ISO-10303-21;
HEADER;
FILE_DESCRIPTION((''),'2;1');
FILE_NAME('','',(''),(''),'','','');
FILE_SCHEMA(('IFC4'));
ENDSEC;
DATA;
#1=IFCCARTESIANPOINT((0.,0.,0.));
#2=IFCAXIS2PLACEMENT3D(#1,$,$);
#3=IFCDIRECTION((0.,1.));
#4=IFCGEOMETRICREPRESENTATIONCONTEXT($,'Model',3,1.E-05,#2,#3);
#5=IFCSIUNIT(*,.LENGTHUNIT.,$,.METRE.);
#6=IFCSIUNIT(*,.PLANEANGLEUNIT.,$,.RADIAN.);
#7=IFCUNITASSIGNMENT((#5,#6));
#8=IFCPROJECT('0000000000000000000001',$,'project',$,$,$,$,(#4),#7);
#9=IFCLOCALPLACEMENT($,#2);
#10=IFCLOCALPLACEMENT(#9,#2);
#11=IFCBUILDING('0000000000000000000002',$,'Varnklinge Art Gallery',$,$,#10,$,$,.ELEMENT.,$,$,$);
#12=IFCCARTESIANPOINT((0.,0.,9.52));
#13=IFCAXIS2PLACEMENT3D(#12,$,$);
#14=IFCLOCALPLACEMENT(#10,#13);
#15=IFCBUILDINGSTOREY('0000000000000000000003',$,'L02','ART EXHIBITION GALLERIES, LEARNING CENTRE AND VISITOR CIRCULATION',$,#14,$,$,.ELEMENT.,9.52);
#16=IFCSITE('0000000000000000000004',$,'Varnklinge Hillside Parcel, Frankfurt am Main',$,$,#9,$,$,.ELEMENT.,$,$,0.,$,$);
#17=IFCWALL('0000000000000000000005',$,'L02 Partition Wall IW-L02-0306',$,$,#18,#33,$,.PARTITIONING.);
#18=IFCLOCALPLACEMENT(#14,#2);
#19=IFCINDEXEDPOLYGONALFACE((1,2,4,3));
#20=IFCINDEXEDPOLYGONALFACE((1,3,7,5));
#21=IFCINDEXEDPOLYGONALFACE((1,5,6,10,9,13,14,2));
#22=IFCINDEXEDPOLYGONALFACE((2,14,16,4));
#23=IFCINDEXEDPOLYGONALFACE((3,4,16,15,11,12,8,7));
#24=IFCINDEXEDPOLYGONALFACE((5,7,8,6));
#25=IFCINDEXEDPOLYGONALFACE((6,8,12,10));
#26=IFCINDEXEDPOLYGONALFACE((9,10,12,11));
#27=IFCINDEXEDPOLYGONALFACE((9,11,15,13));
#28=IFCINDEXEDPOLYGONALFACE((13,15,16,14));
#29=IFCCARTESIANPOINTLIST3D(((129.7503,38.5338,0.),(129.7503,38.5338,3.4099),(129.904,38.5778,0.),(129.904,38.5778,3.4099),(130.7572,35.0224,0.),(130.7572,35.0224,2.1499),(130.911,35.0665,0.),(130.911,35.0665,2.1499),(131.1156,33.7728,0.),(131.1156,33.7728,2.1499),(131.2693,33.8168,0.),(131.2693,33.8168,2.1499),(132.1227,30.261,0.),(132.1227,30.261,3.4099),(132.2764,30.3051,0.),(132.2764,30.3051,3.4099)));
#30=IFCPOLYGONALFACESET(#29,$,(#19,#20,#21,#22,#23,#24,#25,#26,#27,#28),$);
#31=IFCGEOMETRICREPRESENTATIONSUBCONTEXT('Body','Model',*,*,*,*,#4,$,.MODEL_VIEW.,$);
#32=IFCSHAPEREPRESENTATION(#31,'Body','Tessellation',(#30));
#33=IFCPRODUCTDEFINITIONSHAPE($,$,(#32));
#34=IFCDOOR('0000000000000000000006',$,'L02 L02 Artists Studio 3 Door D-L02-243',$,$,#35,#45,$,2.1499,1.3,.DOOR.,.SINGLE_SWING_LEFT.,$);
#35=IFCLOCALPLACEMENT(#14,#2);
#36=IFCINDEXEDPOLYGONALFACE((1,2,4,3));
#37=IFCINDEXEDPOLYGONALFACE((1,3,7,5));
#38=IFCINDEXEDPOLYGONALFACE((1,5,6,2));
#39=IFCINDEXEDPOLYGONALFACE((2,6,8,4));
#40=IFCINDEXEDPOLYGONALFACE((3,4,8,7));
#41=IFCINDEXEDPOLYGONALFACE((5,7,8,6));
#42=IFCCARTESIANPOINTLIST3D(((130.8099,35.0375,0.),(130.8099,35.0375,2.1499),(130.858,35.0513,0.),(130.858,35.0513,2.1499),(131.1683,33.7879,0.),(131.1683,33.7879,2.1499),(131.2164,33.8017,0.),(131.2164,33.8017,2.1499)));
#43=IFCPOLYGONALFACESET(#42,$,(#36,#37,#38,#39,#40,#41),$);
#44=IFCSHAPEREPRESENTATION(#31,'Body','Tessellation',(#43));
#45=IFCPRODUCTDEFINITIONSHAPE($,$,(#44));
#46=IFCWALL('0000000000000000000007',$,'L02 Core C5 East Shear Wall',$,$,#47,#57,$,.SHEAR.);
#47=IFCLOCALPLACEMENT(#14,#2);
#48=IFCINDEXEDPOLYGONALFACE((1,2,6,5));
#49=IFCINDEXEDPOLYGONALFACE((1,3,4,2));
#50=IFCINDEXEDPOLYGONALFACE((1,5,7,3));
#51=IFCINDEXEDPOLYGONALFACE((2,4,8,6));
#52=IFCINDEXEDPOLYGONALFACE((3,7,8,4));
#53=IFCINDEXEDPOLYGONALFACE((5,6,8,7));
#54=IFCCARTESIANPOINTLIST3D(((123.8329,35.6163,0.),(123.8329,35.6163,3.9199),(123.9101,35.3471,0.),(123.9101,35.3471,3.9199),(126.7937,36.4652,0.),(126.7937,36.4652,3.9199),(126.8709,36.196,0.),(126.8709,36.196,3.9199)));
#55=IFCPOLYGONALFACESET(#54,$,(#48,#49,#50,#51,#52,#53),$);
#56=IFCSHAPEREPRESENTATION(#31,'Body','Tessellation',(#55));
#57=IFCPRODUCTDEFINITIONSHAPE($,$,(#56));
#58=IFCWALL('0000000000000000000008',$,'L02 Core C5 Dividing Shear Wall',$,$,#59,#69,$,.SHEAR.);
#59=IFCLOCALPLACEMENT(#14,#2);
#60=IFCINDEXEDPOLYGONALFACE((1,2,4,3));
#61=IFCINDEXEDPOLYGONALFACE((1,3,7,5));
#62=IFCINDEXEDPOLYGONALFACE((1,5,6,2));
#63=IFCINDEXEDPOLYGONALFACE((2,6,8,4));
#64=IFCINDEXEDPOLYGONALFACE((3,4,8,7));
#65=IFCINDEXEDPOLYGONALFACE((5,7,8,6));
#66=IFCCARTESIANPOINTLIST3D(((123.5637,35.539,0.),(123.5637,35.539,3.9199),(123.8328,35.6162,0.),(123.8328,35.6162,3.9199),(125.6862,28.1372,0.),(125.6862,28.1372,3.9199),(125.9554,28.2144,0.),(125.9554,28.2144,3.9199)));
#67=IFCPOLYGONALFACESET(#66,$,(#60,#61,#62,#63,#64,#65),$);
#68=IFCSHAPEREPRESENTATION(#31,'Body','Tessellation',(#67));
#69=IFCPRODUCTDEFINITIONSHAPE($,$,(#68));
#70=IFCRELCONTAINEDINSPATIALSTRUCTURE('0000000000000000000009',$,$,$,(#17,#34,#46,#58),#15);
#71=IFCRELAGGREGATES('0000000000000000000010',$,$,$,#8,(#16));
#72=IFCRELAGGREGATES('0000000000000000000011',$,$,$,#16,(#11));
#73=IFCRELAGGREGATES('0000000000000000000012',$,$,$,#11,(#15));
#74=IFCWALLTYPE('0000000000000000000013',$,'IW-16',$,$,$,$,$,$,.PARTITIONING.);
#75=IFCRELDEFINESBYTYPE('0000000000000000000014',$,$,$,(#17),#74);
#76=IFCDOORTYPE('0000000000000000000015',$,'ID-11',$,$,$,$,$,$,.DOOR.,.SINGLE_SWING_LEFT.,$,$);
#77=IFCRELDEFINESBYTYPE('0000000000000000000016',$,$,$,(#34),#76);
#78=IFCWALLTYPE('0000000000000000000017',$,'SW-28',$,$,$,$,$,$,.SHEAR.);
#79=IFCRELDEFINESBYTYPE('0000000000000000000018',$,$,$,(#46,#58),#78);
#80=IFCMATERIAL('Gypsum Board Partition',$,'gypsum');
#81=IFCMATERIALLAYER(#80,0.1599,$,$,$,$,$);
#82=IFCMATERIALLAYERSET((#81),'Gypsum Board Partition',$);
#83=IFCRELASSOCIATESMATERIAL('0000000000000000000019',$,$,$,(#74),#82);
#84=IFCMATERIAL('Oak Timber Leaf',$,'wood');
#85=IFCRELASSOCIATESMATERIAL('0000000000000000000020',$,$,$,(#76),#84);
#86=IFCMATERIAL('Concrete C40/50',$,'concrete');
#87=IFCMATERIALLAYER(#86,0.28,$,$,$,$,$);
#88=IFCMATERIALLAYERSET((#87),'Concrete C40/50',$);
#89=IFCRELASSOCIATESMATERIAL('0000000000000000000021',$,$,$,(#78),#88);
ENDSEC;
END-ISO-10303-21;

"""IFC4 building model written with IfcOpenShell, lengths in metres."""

from ifc_helpers import new_model, si_unit, direction, frame, frame_2d, origin, place, context, subcontext, project, spatial, rectangle, extrude, material, layer, layer_set, type_object, element, fill, save


model = new_model("IFC4")

# Units and contexts
model_context = context("Model", 3, precision=1e-05, world=origin(), true_north=direction((0.0, 1.0)))
body_context = subcontext(model_context, "Body", "Model", "MODEL_VIEW")
ifc_project = project(units=[si_unit("LENGTHUNIT", "METRE"), si_unit("PLANEANGLEUNIT", "RADIAN")], contexts=[model_context])

# Site, building, storey
site_placement = place(None, origin())
site = spatial("IfcSite", under=ifc_project, at=site_placement, Name="Varnklinge Hillside Parcel, Frankfurt am Main", CompositionType="ELEMENT", RefElevation=0.0)
building_placement = place(site_placement, origin())
building = spatial("IfcBuilding", under=site, at=building_placement, Name="Varnklinge Art Gallery", CompositionType="ELEMENT")
storey_placement = place(building_placement, frame((0.0, 0.0, 9.52)))
storey = spatial("IfcBuildingStorey", under=building, at=storey_placement, Name="L02", Description="ART EXHIBITION GALLERIES, LEARNING CENTRE AND VISITOR CIRCULATION", CompositionType="ELEMENT", Elevation=9.52)

# Wall, opening, door
ifc_material_1 = material(Name="Gypsum Board Partition", Category="gypsum")
ifc_layer_1 = layer(ifc_material_1, 0.1599)
ifc_layer_set_1 = layer_set([ifc_layer_1], Name="Gypsum Board Partition")
wall_type_1 = type_object("IfcWallType", Name="IW-16", PredefinedType="PARTITIONING", material=ifc_layer_set_1)
wall_1_placement = place(storey_placement, frame((129.8271, 38.5559, 0.0), z_axis=(0.0, 0.0, 1.0), x_axis=(0.275654, -0.961257, 0.0)))
wall_1 = element("IfcWall", 1, at=wall_1_placement, inside=storey, type_object=wall_type_1, Name="L02 Partition Wall IW-L02-0306", PredefinedType="PARTITIONING", context=body_context, shape_type="SweptSolid", body=[
    extrude(rectangle(XDim=8.6062, YDim=0.1599, at=frame_2d((4.3032, 0.0))), origin(), (0.0, 0.0, 1.0), 3.4099),
])
opening_1_placement = place(wall_1_placement, frame((3.6531, 0.0, 0.0)))
opening_1 = element("IfcOpeningElement", 2, at=opening_1_placement, cuts=wall_1, PredefinedType="OPENING", context=body_context, shape_type="SweptSolid", body=[
    extrude(rectangle(XDim=1.3, YDim=2.1499, at=frame_2d((0.6499, 1.075))), frame((0.0, 0.0901, 0.0), z_axis=(0.0, -1.0, 0.0), x_axis=(1.0, 0.0, 0.0)), (0.0, 0.0, 1.0), 0.1799),
])
ifc_material_2 = material(Name="Oak Timber Leaf", Category="wood")
door_type = type_object("IfcDoorType", Name="ID-11", OperationType="SINGLE_SWING_LEFT", PredefinedType="DOOR", material=ifc_material_2)
door_placement = place(opening_1_placement, origin())
door = element("IfcDoor", 3, at=door_placement, inside=storey, type_object=door_type, Name="L02 L02 Artists Studio 3 Door D-L02-243", OperationType="SINGLE_SWING_LEFT", OverallHeight=2.1499, OverallWidth=1.3, PredefinedType="DOOR", context=body_context, shape_type="SweptSolid", body=[
    extrude(rectangle(XDim=1.3, YDim=2.1499, at=frame_2d((0.6499, 1.075))), frame((0.0, 0.0249, 0.0), z_axis=(0.0, -1.0, 0.0), x_axis=(1.0, 0.0, 0.0)), (0.0, 0.0, 1.0), 0.05),
])
fill(opening_1, door)

# Walls
ifc_material_3 = material(Name="Concrete C40/50", Category="concrete")
ifc_layer_2 = layer(ifc_material_3, 0.28)
ifc_layer_set_2 = layer_set([ifc_layer_2], Name="Concrete C40/50")
wall_type_2 = type_object("IfcWallType", Name="SW-28", PredefinedType="SHEAR", material=ifc_layer_set_2)
wall_2_placement = place(storey_placement, frame((126.8323, 36.3306, 0.0), z_axis=(0.0, 0.0, 1.0), x_axis=(-0.961269, -0.275611, 0.0)))
element("IfcWall", 4, at=wall_2_placement, inside=storey, type_object=wall_type_2, Name="L02 Core C5 East Shear Wall", PredefinedType="SHEAR", context=body_context, shape_type="SweptSolid", body=[
    extrude(rectangle(XDim=3.0801, YDim=0.28, at=frame_2d((1.54, 0.0))), origin(), (0.0, 0.0, 1.0), 3.9199),
])
wall_3_placement = place(storey_placement, frame((123.6982, 35.5776, 0.0), z_axis=(0.0, 0.0, 1.0), x_axis=(0.275651, -0.961258, 0.0)))
element("IfcWall", 5, at=wall_3_placement, inside=storey, type_object=wall_type_2, Name="L02 Core C5 Dividing Shear Wall", PredefinedType="SHEAR", context=body_context, shape_type="SweptSolid", body=[
    extrude(rectangle(XDim=7.7002, YDim=0.28, at=frame_2d((3.8501, 0.0))), origin(), (0.0, 0.0, 1.0), 3.9199),
])

save(model, "model.ifc")
